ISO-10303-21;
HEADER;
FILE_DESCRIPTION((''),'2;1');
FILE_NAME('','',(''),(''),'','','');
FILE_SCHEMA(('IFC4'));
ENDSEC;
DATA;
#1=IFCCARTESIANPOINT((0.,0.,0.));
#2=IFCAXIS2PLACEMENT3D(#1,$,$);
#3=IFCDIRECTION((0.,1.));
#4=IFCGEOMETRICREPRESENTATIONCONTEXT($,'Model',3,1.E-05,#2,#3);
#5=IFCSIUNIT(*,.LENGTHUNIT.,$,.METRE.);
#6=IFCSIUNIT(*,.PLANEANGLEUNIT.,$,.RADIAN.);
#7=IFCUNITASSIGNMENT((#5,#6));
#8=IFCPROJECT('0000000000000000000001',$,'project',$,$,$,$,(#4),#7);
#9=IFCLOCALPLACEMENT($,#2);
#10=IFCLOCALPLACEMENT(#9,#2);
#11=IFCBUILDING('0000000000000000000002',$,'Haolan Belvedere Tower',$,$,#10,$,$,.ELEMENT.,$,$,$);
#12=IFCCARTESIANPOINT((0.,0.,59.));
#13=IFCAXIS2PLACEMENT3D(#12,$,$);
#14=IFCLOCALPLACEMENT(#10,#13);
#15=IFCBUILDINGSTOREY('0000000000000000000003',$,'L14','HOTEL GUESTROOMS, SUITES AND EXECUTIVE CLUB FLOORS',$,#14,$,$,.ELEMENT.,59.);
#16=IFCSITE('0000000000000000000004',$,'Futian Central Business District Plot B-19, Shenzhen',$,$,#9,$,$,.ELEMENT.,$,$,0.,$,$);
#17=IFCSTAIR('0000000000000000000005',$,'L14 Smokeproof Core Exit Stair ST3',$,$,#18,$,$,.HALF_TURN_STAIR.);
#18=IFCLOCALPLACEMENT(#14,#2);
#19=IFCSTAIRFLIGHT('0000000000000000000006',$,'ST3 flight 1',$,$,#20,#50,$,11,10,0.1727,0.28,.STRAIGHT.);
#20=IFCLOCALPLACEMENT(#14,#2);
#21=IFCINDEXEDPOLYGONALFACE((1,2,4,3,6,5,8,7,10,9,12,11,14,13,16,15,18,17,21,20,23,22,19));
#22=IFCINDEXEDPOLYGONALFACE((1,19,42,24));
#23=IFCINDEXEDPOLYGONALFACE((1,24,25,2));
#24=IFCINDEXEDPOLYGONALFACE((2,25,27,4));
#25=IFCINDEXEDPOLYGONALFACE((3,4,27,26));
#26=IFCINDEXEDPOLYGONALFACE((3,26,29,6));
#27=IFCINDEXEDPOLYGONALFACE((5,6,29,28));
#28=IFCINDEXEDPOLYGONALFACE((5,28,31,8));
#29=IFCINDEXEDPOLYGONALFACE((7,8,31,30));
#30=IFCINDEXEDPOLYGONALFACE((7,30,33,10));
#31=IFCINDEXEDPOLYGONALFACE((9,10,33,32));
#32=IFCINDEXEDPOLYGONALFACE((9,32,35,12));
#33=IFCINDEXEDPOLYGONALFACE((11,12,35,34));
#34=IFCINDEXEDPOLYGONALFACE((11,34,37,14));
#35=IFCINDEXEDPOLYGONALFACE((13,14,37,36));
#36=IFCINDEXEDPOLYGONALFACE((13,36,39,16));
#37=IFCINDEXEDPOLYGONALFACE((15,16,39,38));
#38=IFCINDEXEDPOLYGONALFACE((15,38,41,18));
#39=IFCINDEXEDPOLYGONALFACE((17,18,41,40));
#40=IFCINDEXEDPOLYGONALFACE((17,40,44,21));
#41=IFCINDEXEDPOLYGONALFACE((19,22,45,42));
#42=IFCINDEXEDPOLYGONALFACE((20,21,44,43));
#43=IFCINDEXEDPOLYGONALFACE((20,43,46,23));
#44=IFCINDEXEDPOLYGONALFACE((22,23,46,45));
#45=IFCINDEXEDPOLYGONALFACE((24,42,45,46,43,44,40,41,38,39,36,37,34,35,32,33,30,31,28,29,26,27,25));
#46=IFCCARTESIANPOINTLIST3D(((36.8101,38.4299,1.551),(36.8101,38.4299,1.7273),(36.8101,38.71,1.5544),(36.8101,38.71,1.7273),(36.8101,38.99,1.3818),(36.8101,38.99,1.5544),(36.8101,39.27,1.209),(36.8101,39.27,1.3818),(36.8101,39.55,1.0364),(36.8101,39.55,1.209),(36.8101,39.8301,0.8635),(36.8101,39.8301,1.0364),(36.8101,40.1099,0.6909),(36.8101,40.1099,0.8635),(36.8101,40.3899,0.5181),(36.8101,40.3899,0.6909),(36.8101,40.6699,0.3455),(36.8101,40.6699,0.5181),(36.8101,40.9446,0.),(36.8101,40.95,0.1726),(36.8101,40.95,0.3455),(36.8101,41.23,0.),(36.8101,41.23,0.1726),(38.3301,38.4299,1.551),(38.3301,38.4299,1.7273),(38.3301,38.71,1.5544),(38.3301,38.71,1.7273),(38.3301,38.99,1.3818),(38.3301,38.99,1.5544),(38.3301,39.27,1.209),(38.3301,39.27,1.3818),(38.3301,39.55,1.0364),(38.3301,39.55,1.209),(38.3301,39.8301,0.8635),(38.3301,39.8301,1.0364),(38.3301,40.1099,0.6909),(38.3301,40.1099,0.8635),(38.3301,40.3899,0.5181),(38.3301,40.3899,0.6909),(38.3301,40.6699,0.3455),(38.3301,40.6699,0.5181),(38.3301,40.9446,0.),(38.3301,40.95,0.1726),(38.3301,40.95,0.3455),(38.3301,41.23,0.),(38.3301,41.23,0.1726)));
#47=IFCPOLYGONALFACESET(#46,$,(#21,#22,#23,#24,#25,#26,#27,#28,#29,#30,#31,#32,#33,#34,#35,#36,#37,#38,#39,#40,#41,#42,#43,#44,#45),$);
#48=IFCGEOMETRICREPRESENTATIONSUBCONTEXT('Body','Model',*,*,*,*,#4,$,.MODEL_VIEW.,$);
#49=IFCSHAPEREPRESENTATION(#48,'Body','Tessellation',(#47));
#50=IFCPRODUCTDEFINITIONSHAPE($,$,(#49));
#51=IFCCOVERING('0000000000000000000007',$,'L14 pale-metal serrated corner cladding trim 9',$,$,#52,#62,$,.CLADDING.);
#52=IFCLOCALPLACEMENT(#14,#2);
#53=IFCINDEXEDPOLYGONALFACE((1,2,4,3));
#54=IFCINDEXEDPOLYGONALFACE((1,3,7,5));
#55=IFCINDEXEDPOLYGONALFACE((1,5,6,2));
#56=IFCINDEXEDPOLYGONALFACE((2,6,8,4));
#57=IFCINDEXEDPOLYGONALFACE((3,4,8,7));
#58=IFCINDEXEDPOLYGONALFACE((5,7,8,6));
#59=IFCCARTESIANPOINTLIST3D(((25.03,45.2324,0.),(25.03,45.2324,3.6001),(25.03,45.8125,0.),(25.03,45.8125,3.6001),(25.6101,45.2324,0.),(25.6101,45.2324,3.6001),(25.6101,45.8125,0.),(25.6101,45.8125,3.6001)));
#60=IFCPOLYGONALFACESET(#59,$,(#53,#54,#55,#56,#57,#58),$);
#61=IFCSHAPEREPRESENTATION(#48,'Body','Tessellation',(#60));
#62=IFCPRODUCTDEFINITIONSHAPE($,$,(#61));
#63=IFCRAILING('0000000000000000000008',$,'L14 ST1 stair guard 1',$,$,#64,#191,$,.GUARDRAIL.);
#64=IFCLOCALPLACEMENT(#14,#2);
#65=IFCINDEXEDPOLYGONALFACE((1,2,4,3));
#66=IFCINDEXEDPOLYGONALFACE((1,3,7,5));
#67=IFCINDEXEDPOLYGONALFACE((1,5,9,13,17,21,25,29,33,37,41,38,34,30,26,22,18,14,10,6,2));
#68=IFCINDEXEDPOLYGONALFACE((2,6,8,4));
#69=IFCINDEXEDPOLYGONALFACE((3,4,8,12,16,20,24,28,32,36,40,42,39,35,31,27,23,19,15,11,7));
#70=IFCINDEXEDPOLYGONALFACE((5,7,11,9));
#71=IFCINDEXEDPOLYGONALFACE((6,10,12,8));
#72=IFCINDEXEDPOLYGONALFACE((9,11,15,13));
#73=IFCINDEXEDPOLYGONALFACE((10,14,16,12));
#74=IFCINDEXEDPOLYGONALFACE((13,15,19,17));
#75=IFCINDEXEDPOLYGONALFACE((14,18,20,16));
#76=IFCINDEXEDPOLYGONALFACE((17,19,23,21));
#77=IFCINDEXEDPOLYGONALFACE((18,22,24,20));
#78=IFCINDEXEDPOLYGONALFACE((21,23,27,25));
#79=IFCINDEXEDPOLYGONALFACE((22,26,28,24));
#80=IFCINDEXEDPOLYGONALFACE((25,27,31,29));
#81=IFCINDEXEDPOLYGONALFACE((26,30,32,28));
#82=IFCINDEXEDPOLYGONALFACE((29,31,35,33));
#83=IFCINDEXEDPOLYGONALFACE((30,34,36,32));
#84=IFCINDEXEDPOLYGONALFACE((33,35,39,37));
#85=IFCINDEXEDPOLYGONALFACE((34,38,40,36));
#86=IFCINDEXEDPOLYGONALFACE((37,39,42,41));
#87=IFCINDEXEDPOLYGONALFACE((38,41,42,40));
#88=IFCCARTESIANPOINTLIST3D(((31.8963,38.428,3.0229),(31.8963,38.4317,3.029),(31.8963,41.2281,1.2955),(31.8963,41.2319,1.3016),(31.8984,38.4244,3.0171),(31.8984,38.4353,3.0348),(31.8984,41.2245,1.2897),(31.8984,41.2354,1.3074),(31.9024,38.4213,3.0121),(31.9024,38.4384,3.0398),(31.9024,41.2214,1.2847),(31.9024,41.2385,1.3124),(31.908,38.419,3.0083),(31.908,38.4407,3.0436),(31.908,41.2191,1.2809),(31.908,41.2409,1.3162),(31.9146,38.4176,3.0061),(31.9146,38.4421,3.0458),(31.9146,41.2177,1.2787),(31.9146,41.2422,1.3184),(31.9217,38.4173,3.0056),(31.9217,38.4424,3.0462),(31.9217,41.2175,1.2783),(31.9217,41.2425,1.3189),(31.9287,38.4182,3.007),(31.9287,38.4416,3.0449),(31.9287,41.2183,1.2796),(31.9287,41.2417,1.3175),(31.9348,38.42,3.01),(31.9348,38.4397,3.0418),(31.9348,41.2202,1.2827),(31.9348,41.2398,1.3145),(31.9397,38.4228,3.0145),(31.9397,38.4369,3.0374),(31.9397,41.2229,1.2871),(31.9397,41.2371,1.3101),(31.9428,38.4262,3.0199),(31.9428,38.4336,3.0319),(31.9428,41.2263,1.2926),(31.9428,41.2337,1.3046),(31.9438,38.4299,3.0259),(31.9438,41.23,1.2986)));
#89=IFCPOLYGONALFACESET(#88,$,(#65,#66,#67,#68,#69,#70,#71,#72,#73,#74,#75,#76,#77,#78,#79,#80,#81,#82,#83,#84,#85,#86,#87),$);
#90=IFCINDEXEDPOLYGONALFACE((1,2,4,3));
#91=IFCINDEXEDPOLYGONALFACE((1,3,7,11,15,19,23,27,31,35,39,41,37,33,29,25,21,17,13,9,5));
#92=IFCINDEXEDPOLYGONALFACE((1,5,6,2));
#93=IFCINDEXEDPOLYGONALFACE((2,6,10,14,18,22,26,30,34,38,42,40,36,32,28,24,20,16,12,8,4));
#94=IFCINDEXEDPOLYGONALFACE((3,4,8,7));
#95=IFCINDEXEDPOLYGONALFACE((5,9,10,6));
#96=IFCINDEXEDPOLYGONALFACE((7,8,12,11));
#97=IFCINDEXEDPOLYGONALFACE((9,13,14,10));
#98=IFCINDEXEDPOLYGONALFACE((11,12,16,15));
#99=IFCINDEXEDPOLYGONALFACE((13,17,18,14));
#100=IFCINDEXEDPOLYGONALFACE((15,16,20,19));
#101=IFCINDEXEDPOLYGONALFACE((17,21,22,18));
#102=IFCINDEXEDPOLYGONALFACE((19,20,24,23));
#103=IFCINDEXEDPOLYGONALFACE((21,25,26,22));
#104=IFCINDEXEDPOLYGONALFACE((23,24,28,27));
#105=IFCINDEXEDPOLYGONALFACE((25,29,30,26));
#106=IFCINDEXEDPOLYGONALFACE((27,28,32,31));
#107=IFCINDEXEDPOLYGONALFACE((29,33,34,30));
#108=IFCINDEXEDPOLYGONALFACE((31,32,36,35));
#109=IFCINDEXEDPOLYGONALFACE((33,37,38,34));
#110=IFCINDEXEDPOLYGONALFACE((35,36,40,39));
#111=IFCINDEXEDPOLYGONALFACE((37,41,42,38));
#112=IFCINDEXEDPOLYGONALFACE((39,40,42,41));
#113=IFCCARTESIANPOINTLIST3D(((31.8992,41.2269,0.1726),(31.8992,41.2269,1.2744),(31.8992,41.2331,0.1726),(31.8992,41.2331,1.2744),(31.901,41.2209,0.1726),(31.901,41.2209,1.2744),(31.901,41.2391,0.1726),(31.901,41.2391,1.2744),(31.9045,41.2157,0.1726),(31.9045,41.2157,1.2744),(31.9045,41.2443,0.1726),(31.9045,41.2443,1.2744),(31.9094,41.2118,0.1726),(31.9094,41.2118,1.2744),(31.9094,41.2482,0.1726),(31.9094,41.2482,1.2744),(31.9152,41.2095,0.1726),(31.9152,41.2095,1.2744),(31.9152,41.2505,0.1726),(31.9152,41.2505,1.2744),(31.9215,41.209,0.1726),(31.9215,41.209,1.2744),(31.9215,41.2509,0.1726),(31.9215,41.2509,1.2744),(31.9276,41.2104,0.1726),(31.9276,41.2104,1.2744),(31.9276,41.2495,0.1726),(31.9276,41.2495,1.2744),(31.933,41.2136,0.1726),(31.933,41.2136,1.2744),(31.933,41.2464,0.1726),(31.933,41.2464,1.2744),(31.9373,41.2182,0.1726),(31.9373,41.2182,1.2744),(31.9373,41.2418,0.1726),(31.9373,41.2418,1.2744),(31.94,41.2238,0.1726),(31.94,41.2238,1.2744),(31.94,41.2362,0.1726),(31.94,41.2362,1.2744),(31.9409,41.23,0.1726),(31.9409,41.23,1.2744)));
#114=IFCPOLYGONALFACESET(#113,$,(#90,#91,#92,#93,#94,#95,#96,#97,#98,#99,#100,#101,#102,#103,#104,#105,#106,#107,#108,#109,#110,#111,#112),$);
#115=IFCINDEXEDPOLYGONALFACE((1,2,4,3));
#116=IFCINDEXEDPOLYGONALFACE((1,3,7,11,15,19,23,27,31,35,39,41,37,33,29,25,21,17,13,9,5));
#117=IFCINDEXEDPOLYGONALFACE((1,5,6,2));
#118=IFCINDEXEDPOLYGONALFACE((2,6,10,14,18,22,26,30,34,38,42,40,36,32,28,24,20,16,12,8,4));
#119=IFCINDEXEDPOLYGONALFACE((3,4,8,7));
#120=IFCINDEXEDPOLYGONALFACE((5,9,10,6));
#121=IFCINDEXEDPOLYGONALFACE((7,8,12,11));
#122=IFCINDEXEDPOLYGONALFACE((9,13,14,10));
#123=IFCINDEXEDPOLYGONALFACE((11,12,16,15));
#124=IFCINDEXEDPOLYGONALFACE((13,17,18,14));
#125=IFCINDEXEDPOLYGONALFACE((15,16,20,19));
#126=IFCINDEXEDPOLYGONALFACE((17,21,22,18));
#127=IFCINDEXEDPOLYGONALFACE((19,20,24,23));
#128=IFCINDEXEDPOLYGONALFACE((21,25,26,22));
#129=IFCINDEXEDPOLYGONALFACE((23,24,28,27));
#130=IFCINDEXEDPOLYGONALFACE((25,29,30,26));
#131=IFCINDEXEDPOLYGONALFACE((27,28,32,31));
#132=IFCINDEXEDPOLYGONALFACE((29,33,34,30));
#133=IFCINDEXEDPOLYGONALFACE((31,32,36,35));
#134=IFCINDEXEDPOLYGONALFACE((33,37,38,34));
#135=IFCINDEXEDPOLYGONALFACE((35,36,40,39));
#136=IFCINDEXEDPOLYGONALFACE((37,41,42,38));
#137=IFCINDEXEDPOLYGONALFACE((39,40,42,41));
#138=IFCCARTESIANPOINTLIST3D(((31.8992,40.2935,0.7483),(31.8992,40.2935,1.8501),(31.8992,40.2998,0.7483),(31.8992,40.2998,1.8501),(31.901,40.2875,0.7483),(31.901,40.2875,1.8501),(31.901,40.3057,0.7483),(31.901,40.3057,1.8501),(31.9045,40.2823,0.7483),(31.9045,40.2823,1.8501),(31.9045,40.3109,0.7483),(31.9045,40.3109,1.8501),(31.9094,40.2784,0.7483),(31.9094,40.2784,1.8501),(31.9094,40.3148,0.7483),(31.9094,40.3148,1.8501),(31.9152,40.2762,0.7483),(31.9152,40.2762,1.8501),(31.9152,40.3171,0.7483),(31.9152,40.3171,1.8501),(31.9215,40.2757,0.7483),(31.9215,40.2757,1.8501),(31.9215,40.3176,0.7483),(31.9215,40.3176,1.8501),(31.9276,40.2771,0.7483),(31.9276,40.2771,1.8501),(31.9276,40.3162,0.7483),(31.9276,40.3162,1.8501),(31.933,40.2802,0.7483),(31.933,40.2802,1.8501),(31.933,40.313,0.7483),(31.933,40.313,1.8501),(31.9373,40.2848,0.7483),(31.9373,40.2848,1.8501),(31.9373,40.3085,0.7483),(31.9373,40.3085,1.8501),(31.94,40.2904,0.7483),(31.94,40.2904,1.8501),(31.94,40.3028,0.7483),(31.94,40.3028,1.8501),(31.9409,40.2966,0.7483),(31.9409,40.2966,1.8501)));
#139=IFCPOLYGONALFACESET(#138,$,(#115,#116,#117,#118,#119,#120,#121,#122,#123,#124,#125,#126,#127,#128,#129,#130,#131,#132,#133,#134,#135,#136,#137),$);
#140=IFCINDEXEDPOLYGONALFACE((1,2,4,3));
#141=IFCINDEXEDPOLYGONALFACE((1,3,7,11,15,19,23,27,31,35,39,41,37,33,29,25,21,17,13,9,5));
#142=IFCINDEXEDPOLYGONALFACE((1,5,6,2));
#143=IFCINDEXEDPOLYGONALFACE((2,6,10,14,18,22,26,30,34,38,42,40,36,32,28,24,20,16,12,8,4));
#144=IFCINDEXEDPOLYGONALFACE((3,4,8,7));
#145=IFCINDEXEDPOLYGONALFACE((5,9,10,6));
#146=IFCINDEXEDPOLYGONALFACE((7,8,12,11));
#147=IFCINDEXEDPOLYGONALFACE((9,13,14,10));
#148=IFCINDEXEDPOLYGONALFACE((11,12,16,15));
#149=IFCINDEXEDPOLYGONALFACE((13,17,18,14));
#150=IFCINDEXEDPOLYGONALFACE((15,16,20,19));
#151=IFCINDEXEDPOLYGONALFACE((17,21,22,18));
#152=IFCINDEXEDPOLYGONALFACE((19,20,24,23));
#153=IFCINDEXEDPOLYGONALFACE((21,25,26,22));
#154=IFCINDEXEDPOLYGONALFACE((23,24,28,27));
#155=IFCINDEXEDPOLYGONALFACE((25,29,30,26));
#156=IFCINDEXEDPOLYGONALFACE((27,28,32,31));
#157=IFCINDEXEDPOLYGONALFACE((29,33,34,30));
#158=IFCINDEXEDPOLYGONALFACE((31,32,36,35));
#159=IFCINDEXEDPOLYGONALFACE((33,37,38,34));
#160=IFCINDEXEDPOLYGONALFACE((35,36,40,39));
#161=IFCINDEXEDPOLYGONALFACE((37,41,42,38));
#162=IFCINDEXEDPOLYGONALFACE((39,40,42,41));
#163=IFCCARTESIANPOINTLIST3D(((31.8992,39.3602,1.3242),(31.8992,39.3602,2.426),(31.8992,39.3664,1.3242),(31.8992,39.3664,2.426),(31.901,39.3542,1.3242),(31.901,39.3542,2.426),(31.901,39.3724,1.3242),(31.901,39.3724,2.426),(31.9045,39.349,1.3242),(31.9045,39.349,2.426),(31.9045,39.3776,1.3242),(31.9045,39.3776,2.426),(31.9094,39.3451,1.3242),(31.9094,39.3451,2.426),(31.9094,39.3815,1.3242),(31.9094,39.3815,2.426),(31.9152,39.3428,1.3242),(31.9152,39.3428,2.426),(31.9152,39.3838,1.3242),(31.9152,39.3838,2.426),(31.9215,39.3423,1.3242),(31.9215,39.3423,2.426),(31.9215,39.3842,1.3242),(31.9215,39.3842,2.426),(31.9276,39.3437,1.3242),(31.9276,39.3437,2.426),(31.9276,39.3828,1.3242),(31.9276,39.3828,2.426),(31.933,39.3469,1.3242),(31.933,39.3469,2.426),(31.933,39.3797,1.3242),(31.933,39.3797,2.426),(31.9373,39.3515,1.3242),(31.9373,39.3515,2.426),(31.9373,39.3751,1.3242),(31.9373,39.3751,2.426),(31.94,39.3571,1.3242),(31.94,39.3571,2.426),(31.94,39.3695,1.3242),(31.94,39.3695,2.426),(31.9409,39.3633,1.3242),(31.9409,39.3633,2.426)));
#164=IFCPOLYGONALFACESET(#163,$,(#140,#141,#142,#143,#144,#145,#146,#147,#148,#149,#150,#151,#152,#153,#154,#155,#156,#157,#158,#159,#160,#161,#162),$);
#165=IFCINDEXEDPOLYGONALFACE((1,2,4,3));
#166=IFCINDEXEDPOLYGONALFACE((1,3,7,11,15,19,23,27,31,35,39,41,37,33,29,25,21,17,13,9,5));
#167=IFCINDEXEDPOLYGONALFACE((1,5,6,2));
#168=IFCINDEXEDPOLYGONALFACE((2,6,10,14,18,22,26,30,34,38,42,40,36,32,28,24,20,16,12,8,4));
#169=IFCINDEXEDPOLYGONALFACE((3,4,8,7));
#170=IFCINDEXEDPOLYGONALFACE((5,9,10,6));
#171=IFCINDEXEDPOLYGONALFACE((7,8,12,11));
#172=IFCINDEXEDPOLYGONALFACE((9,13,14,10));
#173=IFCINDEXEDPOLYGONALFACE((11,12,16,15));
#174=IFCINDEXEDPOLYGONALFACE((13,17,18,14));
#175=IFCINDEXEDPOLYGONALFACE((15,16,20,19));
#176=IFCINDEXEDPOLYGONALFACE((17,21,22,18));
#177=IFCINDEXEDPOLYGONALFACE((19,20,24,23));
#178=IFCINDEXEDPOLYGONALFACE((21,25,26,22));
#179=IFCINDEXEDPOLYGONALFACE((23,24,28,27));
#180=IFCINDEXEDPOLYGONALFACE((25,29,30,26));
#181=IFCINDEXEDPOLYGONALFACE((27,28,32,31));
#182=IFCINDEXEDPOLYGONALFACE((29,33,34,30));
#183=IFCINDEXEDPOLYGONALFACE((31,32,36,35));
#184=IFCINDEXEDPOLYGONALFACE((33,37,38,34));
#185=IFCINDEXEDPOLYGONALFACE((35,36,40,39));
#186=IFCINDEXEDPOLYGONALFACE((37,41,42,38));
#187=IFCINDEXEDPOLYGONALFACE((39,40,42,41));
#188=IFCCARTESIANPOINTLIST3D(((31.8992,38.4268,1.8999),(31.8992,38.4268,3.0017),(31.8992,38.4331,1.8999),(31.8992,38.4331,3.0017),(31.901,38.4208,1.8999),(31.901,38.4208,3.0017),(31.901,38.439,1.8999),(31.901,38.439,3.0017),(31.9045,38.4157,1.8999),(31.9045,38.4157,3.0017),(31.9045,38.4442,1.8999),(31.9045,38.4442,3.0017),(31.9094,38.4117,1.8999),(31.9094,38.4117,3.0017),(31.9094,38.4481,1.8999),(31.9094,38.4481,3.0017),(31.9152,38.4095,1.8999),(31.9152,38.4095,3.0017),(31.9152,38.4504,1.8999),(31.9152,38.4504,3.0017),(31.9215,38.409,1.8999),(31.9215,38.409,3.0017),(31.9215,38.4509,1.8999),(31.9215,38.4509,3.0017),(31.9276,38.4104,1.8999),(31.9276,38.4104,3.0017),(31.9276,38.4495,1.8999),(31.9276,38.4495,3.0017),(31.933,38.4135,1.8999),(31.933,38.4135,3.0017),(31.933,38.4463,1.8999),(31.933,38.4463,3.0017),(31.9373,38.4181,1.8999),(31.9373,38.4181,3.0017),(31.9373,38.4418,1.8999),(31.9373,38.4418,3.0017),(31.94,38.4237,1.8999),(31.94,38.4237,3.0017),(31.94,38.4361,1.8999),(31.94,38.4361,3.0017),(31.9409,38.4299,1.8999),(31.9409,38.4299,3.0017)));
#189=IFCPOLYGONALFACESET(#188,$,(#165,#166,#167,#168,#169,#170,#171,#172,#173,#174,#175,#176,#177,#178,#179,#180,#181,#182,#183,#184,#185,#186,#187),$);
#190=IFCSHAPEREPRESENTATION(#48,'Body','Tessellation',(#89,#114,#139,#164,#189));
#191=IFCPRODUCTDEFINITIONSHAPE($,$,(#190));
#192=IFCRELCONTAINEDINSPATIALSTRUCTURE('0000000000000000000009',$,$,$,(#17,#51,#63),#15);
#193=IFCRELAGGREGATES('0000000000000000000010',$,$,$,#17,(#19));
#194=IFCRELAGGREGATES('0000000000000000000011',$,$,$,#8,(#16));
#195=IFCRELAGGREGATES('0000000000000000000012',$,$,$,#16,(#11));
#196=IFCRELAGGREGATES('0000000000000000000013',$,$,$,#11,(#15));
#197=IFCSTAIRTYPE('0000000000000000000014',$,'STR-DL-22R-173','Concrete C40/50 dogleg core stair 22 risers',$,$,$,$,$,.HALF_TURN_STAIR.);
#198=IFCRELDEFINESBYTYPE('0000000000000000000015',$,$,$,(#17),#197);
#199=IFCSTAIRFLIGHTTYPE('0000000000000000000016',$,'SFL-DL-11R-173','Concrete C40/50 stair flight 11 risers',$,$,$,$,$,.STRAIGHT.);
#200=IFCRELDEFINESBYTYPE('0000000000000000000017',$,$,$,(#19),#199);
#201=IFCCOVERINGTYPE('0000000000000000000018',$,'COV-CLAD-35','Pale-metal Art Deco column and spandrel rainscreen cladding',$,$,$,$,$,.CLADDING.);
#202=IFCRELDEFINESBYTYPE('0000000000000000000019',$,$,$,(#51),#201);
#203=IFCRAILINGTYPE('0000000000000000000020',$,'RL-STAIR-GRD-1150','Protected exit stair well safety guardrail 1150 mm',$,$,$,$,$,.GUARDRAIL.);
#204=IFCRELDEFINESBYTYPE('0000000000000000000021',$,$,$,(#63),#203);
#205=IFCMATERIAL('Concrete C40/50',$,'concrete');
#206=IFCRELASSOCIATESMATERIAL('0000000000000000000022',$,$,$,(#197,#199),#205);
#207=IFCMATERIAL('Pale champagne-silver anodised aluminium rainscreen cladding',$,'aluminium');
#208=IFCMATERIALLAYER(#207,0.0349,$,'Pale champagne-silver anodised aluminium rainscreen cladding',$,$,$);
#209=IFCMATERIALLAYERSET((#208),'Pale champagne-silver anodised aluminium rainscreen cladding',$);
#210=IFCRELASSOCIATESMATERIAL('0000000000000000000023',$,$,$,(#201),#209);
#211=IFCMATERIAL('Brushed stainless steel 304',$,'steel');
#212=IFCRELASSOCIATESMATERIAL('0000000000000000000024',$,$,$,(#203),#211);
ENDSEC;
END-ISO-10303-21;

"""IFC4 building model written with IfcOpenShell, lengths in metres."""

from ifc_helpers import new_model, si_unit, direction, frame, origin, origin_2d, place, context, subcontext, project, spatial, polyline, rectangle, circle, outline, extrude, material, layer, layer_set, type_object, element, aggregate, save


model = new_model("IFC4")

# Units and contexts
model_context = context("Model", 3, precision=1e-05, world=origin(), true_north=direction((0.0, 1.0)))
body_context = subcontext(model_context, "Body", "Model", "MODEL_VIEW")
ifc_project = project(units=[si_unit("LENGTHUNIT", "METRE"), si_unit("PLANEANGLEUNIT", "RADIAN")], contexts=[model_context])

# Site, building, storey
site_placement = place(None, origin())
site = spatial("IfcSite", under=ifc_project, at=site_placement, Name="Futian Central Business District Plot B-19, Shenzhen", CompositionType="ELEMENT", RefElevation=0.0)
building_placement = place(site_placement, origin())
building = spatial("IfcBuilding", under=site, at=building_placement, Name="Haolan Belvedere Tower", CompositionType="ELEMENT")
storey_placement = place(building_placement, frame((0.0, 0.0, 59.0)))
storey = spatial("IfcBuildingStorey", under=building, at=storey_placement, Name="L14", Description="HOTEL GUESTROOMS, SUITES AND EXECUTIVE CLUB FLOORS", CompositionType="ELEMENT", Elevation=59.0)

# Shared definitions
ifc_material_1 = material(Name="Concrete C40/50", Category="concrete")

# Stair, stair flight
stair_type = type_object("IfcStairType", Name="STR-DL-22R-173", Description="Concrete C40/50 dogleg core stair 22 risers", PredefinedType="HALF_TURN_STAIR", material=ifc_material_1)
stair_flight_type = type_object("IfcStairFlightType", Name="SFL-DL-11R-173", Description="Concrete C40/50 stair flight 11 risers", PredefinedType="STRAIGHT", material=ifc_material_1)
stair_1_placement = place(storey_placement, origin())
stair_1 = element("IfcStair", 1, at=stair_1_placement, inside=storey, type_object=stair_type, Name="L14 Smokeproof Core Exit Stair ST3", PredefinedType="HALF_TURN_STAIR")
stair_flight_1_placement = place(storey_placement, frame((37.5701, 41.23, 0.0), z_axis=(0.0, 0.0, 1.0), x_axis=(0.0, -1.0, 0.0)))
stair_flight_1 = element("IfcStairFlight", 2, at=stair_flight_1_placement, type_object=stair_flight_type, Name="ST3 flight 1", NumberOfRisers=11, NumberOfTreads=10, PredefinedType="STRAIGHT", RiserHeight=0.1727, TreadLength=0.28, context=body_context, shape_type="SweptSolid", body=[
    extrude(outline(polyline([(0.0, 0.0), (0.0, 0.1726), (0.28, 0.1726), (0.28, 0.3455), (0.5601, 0.3455), (0.5601, 0.5181), (0.8401, 0.5181), (0.8401, 0.6909), (1.1201, 0.6909), (1.1201, 0.8635), (1.3999, 0.8635), (1.3999, 1.0364), (1.6799, 1.0364), (1.6799, 1.209), (1.96, 1.209), (1.96, 1.3818), (2.24, 1.3818), (2.24, 1.5544), (2.52, 1.5544), (2.52, 1.7273), (2.8, 1.7273), (2.8, 1.8999), (2.8, 1.551), (0.2854, 0.0), (0.0, 0.0)])), frame((0.0, 0.76, 0.0), z_axis=(0.0, -1.0, 0.0), x_axis=(1.0, 0.0, 0.0)), (0.0, 0.0, 1.0), 1.52),
])
aggregate(stair_1, [stair_flight_1])

# Covering
ifc_material_2 = material(Name="Pale champagne-silver anodised aluminium rainscreen cladding", Category="aluminium")
ifc_layer_1 = layer(ifc_material_2, 0.0349, Name="Pale champagne-silver anodised aluminium rainscreen cladding")
ifc_layer_set_1 = layer_set([ifc_layer_1], Name="Pale champagne-silver anodised aluminium rainscreen cladding")
covering_type = type_object("IfcCoveringType", Name="COV-CLAD-35", Description="Pale-metal Art Deco column and spandrel rainscreen cladding", PredefinedType="CLADDING", material=ifc_layer_set_1)
covering_placement = place(storey_placement, frame((25.3201, 45.5225, 0.0), z_axis=(0.0, 0.0, 1.0), x_axis=(1.0, 0.0, 0.0)))
element("IfcCovering", 3, at=covering_placement, inside=storey, type_object=covering_type, Name="L14 pale-metal serrated corner cladding trim 9", PredefinedType="CLADDING", context=body_context, shape_type="SweptSolid", body=[
    extrude(rectangle(XDim=0.5801, YDim=0.5801, at=origin_2d()), origin(), (0.0, 0.0, 1.0), 3.6001),
])

# Railing
ifc_material_3 = material(Name="Brushed stainless steel 304", Category="steel")
railing_type_1 = type_object("IfcRailingType", Name="RL-STAIR-GRD-1150", Description="Protected exit stair well safety guardrail 1150 mm", PredefinedType="GUARDRAIL", material=ifc_material_3)
railing_1_placement = place(storey_placement, frame((31.9199, 41.23, 0.1726)))
element("IfcRailing", 4, at=railing_1_placement, inside=storey, type_object=railing_type_1, Name="L14 ST1 stair guard 1", PredefinedType="GUARDRAIL", context=body_context, shape_type="SweptSolid", body=[
    extrude(circle(Radius=0.0239, at=origin_2d()), frame((0.0, 0.0, 1.126), z_axis=(0.0, -0.85109, 0.52502), x_axis=(1.0, 0.0, 0.0)), (0.0, 0.0, 1.0), 3.29),
    extrude(circle(Radius=0.021, at=origin_2d()), origin(), (0.0, 0.0, 1.0), 1.1018),
    extrude(circle(Radius=0.021, at=origin_2d()), frame((0.0, -0.9333, 0.5757)), (0.0, 0.0, 1.0), 1.1018),
    extrude(circle(Radius=0.021, at=origin_2d()), frame((0.0, -1.8667, 1.1516)), (0.0, 0.0, 1.0), 1.1018),
    extrude(circle(Radius=0.021, at=origin_2d()), frame((0.0, -2.8, 1.7273)), (0.0, 0.0, 1.0), 1.1018),
])

save(model, "model.ifc")
